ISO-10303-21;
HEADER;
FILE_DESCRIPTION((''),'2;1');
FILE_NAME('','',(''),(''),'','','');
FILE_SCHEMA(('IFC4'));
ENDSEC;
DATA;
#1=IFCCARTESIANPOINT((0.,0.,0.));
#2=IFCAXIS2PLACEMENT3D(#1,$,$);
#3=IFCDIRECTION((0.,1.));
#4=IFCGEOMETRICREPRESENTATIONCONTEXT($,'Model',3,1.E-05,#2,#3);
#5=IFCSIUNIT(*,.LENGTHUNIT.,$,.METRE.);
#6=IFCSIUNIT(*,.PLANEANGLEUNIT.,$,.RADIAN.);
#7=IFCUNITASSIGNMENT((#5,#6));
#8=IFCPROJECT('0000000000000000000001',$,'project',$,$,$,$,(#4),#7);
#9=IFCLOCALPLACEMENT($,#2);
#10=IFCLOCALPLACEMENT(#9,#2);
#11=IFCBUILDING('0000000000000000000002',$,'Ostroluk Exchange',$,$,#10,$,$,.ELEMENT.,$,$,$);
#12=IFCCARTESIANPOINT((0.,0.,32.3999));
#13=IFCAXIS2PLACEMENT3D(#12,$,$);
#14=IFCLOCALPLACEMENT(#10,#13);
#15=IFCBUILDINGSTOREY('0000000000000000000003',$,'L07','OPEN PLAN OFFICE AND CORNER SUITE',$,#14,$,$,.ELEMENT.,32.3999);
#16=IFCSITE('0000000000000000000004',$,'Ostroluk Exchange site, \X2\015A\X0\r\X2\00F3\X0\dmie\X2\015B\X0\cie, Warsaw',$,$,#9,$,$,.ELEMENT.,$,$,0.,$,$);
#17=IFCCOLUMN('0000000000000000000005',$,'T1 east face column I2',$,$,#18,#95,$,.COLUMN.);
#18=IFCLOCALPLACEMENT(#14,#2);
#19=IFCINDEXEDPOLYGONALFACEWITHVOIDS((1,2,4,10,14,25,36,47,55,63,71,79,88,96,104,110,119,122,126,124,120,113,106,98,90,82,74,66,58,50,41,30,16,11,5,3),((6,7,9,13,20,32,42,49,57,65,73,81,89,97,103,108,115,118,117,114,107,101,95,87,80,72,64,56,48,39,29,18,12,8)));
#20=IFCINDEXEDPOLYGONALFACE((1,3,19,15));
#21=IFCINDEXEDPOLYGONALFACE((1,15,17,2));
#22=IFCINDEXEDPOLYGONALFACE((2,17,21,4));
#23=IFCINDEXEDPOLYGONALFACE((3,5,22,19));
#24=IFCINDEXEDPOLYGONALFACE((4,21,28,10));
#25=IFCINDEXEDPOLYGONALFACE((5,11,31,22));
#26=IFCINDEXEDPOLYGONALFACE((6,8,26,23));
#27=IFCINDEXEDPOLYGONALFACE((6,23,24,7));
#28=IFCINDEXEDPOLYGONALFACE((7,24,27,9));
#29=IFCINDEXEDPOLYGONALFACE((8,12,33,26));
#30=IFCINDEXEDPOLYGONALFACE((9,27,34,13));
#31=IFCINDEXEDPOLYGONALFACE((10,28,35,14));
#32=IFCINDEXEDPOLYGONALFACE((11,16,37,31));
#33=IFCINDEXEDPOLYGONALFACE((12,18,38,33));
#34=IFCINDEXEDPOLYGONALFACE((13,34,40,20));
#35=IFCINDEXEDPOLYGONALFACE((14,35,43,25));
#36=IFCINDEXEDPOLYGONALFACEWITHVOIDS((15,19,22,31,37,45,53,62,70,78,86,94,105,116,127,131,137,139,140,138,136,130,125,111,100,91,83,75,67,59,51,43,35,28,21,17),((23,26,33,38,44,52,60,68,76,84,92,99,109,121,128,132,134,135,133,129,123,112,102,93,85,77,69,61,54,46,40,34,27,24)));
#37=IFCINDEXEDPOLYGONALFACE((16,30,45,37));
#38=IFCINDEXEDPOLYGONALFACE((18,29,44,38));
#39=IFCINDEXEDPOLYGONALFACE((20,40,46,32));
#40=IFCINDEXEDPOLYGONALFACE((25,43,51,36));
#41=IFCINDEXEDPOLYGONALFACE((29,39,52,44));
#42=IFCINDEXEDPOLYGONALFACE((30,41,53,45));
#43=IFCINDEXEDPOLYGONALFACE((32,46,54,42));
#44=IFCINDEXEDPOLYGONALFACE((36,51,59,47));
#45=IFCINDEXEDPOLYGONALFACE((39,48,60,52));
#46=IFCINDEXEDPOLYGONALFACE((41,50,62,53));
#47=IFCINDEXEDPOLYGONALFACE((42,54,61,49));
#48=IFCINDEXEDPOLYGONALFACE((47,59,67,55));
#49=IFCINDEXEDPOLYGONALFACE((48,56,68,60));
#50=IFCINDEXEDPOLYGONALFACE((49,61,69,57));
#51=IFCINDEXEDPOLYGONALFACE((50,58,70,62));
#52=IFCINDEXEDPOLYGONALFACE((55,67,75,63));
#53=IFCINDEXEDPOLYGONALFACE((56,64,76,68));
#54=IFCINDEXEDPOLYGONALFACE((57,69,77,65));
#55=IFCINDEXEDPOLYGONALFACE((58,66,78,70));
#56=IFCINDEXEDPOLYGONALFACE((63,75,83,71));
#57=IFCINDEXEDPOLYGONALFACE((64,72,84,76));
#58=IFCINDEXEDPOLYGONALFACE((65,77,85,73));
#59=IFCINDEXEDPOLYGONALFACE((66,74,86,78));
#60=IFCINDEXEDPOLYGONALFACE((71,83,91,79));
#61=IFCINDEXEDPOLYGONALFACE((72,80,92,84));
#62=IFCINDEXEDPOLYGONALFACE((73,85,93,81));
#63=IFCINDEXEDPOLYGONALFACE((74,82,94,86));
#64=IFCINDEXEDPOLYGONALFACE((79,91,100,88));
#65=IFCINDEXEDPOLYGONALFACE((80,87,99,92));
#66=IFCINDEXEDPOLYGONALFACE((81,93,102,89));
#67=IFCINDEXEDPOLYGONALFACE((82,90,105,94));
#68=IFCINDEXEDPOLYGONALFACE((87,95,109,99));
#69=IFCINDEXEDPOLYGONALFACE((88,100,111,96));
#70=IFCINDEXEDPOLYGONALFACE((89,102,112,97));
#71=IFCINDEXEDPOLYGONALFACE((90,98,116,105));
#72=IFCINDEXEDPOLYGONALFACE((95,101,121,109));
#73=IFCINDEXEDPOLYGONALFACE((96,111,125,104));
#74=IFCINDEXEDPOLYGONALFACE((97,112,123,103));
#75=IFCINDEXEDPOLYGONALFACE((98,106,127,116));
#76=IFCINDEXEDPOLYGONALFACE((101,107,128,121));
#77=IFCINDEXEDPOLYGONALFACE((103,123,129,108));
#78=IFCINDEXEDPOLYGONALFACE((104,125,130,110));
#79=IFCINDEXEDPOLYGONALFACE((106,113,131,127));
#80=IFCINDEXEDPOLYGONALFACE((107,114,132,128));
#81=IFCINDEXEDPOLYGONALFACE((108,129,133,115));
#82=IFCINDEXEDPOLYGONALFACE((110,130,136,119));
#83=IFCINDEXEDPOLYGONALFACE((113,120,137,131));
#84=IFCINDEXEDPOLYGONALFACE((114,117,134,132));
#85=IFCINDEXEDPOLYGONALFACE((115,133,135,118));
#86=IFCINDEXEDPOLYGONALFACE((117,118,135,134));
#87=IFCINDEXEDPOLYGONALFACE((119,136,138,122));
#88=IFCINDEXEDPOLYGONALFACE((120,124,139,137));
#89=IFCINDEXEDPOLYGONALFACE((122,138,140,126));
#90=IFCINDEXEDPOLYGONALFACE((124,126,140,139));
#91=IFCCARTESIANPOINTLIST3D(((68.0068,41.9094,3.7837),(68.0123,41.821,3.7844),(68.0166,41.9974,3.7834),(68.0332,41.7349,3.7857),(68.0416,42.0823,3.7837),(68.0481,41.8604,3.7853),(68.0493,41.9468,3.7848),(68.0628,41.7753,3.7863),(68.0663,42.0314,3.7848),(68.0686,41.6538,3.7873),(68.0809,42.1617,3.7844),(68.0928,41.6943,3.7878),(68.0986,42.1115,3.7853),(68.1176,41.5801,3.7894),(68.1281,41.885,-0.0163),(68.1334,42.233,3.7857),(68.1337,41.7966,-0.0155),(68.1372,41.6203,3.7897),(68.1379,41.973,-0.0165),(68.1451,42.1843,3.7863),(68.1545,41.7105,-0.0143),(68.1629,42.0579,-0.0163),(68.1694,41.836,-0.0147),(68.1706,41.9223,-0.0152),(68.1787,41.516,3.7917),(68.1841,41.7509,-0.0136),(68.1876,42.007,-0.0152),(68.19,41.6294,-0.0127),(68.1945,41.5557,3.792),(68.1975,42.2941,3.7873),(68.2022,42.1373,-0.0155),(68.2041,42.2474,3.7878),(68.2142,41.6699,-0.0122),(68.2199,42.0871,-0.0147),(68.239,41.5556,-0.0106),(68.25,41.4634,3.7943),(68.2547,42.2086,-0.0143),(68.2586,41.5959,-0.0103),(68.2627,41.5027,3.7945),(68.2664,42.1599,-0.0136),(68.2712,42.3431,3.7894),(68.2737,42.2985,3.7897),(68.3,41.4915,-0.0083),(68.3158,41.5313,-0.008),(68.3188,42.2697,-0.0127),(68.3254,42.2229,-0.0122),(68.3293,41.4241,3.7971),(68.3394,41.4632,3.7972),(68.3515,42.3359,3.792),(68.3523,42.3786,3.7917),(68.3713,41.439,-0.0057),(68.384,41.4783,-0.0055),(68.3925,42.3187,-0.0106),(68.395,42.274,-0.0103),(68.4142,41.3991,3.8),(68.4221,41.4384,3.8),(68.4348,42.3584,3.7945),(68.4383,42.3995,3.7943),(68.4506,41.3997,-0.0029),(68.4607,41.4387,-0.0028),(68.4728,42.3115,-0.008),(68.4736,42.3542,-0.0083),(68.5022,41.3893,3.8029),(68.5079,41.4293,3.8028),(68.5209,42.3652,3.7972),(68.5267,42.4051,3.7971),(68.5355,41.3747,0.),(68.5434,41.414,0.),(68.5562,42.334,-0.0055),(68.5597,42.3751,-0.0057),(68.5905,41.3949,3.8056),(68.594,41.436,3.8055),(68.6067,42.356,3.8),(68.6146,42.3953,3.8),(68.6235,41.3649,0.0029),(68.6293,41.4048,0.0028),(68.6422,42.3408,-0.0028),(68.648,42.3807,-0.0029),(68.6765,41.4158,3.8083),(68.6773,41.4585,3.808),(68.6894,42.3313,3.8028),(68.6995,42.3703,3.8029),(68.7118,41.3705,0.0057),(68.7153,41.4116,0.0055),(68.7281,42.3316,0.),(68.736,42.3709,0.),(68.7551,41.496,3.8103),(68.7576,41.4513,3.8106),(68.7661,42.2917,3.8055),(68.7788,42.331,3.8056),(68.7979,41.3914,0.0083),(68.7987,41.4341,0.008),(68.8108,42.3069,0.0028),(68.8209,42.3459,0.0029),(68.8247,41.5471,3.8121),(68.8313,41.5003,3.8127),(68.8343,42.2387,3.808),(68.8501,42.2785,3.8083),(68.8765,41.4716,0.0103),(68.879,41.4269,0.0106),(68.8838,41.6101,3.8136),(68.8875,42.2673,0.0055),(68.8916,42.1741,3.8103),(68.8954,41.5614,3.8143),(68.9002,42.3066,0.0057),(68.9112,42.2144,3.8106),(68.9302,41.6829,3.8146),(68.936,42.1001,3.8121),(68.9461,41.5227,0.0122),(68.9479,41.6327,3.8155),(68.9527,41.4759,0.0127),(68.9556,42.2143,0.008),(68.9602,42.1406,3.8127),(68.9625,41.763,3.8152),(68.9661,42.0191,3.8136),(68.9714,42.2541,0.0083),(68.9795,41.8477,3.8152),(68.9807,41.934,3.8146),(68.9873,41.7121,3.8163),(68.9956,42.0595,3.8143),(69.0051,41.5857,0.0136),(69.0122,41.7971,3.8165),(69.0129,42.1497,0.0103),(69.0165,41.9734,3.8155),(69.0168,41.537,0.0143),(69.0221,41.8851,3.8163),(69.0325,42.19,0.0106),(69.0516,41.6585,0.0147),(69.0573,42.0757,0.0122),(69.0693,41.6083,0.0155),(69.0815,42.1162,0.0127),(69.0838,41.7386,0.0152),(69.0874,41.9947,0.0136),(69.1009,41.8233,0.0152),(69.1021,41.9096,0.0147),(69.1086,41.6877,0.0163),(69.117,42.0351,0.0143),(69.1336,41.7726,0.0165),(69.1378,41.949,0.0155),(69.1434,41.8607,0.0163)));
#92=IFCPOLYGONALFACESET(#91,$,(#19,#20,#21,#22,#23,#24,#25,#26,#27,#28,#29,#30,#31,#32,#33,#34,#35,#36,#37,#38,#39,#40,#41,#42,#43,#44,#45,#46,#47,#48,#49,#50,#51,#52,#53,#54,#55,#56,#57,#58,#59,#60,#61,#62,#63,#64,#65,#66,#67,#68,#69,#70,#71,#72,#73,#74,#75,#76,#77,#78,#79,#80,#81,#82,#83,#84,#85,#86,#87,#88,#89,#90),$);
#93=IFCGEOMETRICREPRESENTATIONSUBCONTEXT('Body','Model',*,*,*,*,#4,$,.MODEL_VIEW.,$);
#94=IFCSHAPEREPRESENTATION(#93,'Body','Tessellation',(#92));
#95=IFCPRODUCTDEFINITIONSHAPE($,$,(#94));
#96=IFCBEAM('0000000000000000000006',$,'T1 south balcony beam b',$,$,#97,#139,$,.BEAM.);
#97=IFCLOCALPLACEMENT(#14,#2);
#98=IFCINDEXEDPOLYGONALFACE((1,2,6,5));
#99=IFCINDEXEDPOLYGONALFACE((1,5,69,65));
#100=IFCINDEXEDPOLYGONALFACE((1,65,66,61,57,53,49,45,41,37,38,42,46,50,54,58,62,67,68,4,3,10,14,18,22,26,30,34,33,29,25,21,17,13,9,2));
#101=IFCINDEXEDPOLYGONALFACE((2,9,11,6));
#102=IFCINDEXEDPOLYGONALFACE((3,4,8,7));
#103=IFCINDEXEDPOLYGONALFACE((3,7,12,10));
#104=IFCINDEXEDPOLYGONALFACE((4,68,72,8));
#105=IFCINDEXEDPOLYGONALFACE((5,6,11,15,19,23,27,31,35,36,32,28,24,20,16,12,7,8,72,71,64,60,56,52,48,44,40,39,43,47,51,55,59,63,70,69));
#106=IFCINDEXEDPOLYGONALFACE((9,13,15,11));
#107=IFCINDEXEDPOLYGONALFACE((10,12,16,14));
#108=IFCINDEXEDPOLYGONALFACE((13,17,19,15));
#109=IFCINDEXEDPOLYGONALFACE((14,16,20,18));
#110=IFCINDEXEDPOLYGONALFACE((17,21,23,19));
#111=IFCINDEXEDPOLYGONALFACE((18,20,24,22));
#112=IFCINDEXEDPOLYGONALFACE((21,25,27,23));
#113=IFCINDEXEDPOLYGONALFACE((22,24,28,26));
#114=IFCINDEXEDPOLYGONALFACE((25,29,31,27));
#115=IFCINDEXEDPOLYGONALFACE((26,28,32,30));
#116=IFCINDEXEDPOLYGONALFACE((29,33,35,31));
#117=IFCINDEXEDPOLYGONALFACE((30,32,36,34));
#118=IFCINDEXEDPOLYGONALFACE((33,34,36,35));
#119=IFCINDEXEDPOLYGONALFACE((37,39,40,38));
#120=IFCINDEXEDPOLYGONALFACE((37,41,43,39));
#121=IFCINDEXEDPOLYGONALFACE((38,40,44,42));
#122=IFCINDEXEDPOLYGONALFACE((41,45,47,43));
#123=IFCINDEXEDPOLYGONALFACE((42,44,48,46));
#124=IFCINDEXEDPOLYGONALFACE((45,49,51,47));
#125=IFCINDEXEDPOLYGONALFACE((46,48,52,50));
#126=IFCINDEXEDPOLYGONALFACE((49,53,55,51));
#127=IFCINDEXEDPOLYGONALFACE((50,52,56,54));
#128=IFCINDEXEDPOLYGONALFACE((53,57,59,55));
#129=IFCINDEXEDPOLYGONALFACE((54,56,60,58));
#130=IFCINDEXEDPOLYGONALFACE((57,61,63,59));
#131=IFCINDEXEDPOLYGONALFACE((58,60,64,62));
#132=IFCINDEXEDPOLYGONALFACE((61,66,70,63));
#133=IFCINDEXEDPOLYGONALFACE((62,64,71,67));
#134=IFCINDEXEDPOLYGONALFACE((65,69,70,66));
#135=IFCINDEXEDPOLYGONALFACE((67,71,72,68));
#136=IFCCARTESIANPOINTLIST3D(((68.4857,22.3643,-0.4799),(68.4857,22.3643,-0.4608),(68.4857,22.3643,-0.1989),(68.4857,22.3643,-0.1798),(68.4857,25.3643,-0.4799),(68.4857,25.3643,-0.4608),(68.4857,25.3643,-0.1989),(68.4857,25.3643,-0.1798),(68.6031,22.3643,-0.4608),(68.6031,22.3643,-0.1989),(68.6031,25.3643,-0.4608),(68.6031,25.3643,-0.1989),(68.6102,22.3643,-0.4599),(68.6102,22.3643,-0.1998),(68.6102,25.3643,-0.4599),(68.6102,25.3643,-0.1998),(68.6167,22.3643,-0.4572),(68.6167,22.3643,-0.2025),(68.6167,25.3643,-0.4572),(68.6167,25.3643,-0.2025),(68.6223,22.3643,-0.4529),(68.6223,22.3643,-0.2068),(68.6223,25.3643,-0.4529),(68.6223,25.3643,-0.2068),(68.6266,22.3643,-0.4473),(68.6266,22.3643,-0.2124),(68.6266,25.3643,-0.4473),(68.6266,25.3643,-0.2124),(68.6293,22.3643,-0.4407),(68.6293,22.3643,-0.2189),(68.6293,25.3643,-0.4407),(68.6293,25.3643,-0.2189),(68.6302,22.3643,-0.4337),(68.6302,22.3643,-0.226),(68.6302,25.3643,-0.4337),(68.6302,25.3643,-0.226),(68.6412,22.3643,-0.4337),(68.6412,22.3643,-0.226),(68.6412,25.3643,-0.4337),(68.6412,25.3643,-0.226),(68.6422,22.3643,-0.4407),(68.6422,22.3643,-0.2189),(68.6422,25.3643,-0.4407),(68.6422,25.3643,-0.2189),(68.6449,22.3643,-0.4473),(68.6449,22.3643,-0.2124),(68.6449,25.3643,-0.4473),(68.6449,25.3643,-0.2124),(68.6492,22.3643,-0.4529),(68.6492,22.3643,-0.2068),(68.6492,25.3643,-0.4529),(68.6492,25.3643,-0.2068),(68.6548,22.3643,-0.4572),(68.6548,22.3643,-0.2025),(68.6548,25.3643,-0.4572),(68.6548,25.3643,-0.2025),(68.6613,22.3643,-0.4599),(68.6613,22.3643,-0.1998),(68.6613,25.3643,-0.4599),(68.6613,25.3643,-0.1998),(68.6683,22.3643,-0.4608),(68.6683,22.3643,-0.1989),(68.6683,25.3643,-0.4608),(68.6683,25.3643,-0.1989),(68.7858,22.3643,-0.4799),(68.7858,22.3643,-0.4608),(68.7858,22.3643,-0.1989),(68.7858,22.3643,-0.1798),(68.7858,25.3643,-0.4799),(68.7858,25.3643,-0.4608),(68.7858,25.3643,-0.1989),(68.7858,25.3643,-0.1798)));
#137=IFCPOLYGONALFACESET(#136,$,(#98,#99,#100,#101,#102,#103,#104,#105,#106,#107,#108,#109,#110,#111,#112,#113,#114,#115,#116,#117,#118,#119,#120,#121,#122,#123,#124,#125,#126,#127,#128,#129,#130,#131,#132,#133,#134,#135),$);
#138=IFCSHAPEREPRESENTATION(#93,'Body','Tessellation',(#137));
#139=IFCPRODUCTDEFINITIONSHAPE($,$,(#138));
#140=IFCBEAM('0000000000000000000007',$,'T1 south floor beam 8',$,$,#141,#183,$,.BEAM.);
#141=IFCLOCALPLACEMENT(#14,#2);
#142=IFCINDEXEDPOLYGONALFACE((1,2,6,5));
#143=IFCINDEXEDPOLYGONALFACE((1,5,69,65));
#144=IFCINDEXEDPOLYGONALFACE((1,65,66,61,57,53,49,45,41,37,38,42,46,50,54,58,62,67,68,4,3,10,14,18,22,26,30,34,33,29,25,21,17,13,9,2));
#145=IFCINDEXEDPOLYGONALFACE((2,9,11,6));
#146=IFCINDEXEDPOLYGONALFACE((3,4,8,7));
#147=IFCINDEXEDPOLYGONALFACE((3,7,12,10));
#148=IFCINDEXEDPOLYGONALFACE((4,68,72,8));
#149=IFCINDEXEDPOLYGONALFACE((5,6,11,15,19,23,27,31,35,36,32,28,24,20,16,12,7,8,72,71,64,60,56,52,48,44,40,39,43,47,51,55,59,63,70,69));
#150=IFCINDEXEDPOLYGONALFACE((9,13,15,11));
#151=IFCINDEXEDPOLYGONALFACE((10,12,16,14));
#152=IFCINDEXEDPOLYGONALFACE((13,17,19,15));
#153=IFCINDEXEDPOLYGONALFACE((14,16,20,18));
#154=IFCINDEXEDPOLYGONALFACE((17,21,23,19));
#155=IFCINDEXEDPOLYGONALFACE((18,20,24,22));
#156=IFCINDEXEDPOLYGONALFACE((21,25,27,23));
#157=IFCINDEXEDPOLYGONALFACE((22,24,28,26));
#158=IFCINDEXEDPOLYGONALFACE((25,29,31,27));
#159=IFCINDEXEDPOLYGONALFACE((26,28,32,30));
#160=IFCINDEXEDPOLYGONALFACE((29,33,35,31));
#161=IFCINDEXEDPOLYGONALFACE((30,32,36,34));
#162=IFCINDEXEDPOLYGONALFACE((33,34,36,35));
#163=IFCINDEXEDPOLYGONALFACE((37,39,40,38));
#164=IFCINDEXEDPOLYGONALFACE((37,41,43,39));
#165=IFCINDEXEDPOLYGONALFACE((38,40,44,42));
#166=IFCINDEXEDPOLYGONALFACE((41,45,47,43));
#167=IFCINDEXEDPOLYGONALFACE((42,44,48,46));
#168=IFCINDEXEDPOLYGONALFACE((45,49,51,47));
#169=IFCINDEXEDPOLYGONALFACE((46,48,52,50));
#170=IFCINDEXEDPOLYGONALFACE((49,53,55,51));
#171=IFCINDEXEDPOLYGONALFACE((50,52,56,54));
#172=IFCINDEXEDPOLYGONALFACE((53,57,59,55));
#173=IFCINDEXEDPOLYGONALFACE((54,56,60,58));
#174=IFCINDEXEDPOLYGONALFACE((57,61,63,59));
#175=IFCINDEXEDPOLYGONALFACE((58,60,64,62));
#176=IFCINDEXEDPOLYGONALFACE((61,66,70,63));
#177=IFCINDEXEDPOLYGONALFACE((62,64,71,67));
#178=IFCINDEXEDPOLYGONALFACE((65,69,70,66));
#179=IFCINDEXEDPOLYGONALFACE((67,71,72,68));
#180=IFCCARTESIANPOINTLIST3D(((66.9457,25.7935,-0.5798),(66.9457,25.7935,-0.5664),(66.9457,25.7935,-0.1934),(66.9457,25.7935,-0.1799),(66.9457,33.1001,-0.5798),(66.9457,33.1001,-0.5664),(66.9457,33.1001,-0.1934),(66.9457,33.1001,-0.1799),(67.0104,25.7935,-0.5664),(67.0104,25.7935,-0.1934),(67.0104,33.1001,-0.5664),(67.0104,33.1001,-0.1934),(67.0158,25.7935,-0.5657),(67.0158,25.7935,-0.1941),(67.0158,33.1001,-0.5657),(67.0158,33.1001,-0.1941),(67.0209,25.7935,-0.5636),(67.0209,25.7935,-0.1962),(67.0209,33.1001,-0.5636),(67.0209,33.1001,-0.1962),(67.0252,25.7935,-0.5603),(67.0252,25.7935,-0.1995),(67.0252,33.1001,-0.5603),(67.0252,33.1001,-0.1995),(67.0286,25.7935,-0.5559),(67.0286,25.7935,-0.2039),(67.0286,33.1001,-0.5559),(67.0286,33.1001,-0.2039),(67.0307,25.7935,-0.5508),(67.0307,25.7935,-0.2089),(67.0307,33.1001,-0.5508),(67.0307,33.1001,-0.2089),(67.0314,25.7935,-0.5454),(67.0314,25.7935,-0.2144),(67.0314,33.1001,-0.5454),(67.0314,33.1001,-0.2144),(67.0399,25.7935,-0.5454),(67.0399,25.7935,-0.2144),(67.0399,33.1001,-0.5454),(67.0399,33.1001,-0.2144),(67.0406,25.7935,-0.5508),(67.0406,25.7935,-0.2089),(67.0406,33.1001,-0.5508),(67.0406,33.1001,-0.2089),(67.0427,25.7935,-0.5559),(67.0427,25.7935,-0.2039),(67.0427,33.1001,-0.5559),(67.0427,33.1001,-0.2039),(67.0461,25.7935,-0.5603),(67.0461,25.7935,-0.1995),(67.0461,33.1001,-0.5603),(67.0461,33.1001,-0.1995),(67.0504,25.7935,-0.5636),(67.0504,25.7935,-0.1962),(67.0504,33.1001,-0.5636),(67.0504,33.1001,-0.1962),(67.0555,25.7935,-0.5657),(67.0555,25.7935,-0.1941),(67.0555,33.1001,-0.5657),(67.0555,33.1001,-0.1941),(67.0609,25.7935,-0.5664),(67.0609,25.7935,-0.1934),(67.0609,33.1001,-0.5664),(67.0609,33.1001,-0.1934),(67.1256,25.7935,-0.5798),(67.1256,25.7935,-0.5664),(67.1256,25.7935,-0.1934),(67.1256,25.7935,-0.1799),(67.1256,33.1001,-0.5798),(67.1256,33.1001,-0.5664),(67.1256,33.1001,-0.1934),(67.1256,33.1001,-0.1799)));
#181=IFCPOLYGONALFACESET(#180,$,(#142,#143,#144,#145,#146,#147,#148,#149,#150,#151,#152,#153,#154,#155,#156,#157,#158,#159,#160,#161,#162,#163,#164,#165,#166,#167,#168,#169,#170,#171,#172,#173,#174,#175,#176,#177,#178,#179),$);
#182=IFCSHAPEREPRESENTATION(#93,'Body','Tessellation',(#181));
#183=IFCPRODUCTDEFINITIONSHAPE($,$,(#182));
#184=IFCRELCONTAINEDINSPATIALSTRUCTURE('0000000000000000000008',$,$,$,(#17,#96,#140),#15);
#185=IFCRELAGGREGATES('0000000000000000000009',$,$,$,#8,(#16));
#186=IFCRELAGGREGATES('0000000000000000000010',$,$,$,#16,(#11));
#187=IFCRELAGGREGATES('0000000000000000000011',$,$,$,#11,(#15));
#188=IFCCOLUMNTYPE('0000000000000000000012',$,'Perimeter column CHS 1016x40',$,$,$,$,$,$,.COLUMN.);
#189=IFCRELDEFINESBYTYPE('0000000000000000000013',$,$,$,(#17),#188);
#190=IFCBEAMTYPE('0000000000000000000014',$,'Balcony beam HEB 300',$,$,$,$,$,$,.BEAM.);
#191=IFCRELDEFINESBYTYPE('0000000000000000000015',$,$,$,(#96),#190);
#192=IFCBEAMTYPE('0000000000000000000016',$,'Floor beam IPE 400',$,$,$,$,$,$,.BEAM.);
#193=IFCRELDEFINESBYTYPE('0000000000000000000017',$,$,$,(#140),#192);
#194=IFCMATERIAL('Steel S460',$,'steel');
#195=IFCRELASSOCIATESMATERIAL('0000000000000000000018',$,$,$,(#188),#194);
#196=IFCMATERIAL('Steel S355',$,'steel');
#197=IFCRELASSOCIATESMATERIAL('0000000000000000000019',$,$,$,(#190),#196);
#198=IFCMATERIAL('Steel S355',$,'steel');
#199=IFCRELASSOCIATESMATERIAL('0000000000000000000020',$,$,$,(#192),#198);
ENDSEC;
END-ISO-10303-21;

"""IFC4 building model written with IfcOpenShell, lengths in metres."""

from ifc_helpers import new_model, si_unit, direction, frame, origin, origin_2d, place, context, subcontext, project, spatial, hollow_circle, i_section, extrude, material, material_profile, profile_set, type_object, element, save


model = new_model("IFC4")

# Units and contexts
model_context = context("Model", 3, precision=1e-05, world=origin(), true_north=direction((0.0, 1.0)))
body_context = subcontext(model_context, "Body", "Model", "MODEL_VIEW")
ifc_project = project(units=[si_unit("LENGTHUNIT", "METRE"), si_unit("PLANEANGLEUNIT", "RADIAN")], contexts=[model_context])

# Site, building, storey
site_placement = place(None, origin())
site = spatial("IfcSite", under=ifc_project, at=site_placement, Name="Ostroluk Exchange site, Śródmieście, Warsaw", CompositionType="ELEMENT", RefElevation=0.0)
building_placement = place(site_placement, origin())
building = spatial("IfcBuilding", under=site, at=building_placement, Name="Ostroluk Exchange", CompositionType="ELEMENT")
storey_placement = place(building_placement, frame((0.0, 0.0, 32.3999)))
storey = spatial("IfcBuildingStorey", under=building, at=storey_placement, Name="L07", Description="OPEN PLAN OFFICE AND CORNER SUITE", CompositionType="ELEMENT", Elevation=32.3999)

# Column
ifc_material_1 = material(Name="Steel S460", Category="steel")
ifc_material_profile_1 = material_profile(ifc_material_1, hollow_circle(Radius=0.5081, WallThickness=0.04, at=origin_2d()), Name="CHS 1016x40")
ifc_profile_set_1 = profile_set([ifc_material_profile_1], Name="Steel S460")
column_type = type_object("IfcColumnType", Name="Perimeter column CHS 1016x40", PredefinedType="COLUMN", material=ifc_profile_set_1)
column_1_placement = place(storey_placement, frame((68.6357, 41.8728, 0.0), z_axis=(-0.031914, 0.006421, 0.99947), x_axis=(-0.197254, -0.980352, 0.0)))
element("IfcColumn", 1, at=column_1_placement, inside=storey, type_object=column_type, Name="T1 east face column I2", PredefinedType="COLUMN", context=body_context, shape_type="SweptSolid", body=[
    extrude(hollow_circle(Radius=0.5081, WallThickness=0.04, at=origin_2d()), origin(), (0.0, 0.0, 1.0), 3.802),
])

# Beams
ifc_material_2 = material(Name="Steel S355", Category="steel")
ifc_material_profile_2 = material_profile(ifc_material_2, i_section(OverallWidth=0.3, OverallDepth=0.3, WebThickness=0.011, FlangeThickness=0.019, FilletRadius=0.0271, at=origin_2d()), Name="HEB 300")
ifc_profile_set_2 = profile_set([ifc_material_profile_2], Name="Steel S355")
beam_type_1 = type_object("IfcBeamType", Name="Balcony beam HEB 300", PredefinedType="BEAM", material=ifc_profile_set_2)
beam_1_placement = place(storey_placement, frame((68.6357, 25.3643, -0.3298), z_axis=(0.0, -1.0, 0.0), x_axis=(1.0, 0.0, 0.0)))
element("IfcBeam", 2, at=beam_1_placement, inside=storey, type_object=beam_type_1, Name="T1 south balcony beam b", PredefinedType="BEAM", context=body_context, shape_type="SweptSolid", body=[
    extrude(i_section(OverallWidth=0.3, OverallDepth=0.3, WebThickness=0.011, FlangeThickness=0.019, FilletRadius=0.0271, at=origin_2d()), origin(), (0.0, 0.0, 1.0), 3.0),
])
ifc_material_3 = material(Name="Steel S355", Category="steel")
ifc_material_profile_3 = material_profile(ifc_material_3, i_section(OverallWidth=0.1799, OverallDepth=0.3999, WebThickness=0.0085, FlangeThickness=0.0134, FilletRadius=0.021, at=origin_2d()), Name="IPE 400")
ifc_profile_set_3 = profile_set([ifc_material_profile_3], Name="Steel S355")
beam_type_2 = type_object("IfcBeamType", Name="Floor beam IPE 400", PredefinedType="BEAM", material=ifc_profile_set_3)
beam_2_placement = place(storey_placement, frame((67.0356, 33.1001, -0.3799), z_axis=(0.0, -1.0, 0.0), x_axis=(1.0, 0.0, 0.0)))
element("IfcBeam", 3, at=beam_2_placement, inside=storey, type_object=beam_type_2, Name="T1 south floor beam 8", PredefinedType="BEAM", context=body_context, shape_type="SweptSolid", body=[
    extrude(i_section(OverallWidth=0.1799, OverallDepth=0.3999, WebThickness=0.0085, FlangeThickness=0.0134, FilletRadius=0.021, at=origin_2d()), origin(), (0.0, 0.0, 1.0), 7.3066),
])

save(model, "model.ifc")
